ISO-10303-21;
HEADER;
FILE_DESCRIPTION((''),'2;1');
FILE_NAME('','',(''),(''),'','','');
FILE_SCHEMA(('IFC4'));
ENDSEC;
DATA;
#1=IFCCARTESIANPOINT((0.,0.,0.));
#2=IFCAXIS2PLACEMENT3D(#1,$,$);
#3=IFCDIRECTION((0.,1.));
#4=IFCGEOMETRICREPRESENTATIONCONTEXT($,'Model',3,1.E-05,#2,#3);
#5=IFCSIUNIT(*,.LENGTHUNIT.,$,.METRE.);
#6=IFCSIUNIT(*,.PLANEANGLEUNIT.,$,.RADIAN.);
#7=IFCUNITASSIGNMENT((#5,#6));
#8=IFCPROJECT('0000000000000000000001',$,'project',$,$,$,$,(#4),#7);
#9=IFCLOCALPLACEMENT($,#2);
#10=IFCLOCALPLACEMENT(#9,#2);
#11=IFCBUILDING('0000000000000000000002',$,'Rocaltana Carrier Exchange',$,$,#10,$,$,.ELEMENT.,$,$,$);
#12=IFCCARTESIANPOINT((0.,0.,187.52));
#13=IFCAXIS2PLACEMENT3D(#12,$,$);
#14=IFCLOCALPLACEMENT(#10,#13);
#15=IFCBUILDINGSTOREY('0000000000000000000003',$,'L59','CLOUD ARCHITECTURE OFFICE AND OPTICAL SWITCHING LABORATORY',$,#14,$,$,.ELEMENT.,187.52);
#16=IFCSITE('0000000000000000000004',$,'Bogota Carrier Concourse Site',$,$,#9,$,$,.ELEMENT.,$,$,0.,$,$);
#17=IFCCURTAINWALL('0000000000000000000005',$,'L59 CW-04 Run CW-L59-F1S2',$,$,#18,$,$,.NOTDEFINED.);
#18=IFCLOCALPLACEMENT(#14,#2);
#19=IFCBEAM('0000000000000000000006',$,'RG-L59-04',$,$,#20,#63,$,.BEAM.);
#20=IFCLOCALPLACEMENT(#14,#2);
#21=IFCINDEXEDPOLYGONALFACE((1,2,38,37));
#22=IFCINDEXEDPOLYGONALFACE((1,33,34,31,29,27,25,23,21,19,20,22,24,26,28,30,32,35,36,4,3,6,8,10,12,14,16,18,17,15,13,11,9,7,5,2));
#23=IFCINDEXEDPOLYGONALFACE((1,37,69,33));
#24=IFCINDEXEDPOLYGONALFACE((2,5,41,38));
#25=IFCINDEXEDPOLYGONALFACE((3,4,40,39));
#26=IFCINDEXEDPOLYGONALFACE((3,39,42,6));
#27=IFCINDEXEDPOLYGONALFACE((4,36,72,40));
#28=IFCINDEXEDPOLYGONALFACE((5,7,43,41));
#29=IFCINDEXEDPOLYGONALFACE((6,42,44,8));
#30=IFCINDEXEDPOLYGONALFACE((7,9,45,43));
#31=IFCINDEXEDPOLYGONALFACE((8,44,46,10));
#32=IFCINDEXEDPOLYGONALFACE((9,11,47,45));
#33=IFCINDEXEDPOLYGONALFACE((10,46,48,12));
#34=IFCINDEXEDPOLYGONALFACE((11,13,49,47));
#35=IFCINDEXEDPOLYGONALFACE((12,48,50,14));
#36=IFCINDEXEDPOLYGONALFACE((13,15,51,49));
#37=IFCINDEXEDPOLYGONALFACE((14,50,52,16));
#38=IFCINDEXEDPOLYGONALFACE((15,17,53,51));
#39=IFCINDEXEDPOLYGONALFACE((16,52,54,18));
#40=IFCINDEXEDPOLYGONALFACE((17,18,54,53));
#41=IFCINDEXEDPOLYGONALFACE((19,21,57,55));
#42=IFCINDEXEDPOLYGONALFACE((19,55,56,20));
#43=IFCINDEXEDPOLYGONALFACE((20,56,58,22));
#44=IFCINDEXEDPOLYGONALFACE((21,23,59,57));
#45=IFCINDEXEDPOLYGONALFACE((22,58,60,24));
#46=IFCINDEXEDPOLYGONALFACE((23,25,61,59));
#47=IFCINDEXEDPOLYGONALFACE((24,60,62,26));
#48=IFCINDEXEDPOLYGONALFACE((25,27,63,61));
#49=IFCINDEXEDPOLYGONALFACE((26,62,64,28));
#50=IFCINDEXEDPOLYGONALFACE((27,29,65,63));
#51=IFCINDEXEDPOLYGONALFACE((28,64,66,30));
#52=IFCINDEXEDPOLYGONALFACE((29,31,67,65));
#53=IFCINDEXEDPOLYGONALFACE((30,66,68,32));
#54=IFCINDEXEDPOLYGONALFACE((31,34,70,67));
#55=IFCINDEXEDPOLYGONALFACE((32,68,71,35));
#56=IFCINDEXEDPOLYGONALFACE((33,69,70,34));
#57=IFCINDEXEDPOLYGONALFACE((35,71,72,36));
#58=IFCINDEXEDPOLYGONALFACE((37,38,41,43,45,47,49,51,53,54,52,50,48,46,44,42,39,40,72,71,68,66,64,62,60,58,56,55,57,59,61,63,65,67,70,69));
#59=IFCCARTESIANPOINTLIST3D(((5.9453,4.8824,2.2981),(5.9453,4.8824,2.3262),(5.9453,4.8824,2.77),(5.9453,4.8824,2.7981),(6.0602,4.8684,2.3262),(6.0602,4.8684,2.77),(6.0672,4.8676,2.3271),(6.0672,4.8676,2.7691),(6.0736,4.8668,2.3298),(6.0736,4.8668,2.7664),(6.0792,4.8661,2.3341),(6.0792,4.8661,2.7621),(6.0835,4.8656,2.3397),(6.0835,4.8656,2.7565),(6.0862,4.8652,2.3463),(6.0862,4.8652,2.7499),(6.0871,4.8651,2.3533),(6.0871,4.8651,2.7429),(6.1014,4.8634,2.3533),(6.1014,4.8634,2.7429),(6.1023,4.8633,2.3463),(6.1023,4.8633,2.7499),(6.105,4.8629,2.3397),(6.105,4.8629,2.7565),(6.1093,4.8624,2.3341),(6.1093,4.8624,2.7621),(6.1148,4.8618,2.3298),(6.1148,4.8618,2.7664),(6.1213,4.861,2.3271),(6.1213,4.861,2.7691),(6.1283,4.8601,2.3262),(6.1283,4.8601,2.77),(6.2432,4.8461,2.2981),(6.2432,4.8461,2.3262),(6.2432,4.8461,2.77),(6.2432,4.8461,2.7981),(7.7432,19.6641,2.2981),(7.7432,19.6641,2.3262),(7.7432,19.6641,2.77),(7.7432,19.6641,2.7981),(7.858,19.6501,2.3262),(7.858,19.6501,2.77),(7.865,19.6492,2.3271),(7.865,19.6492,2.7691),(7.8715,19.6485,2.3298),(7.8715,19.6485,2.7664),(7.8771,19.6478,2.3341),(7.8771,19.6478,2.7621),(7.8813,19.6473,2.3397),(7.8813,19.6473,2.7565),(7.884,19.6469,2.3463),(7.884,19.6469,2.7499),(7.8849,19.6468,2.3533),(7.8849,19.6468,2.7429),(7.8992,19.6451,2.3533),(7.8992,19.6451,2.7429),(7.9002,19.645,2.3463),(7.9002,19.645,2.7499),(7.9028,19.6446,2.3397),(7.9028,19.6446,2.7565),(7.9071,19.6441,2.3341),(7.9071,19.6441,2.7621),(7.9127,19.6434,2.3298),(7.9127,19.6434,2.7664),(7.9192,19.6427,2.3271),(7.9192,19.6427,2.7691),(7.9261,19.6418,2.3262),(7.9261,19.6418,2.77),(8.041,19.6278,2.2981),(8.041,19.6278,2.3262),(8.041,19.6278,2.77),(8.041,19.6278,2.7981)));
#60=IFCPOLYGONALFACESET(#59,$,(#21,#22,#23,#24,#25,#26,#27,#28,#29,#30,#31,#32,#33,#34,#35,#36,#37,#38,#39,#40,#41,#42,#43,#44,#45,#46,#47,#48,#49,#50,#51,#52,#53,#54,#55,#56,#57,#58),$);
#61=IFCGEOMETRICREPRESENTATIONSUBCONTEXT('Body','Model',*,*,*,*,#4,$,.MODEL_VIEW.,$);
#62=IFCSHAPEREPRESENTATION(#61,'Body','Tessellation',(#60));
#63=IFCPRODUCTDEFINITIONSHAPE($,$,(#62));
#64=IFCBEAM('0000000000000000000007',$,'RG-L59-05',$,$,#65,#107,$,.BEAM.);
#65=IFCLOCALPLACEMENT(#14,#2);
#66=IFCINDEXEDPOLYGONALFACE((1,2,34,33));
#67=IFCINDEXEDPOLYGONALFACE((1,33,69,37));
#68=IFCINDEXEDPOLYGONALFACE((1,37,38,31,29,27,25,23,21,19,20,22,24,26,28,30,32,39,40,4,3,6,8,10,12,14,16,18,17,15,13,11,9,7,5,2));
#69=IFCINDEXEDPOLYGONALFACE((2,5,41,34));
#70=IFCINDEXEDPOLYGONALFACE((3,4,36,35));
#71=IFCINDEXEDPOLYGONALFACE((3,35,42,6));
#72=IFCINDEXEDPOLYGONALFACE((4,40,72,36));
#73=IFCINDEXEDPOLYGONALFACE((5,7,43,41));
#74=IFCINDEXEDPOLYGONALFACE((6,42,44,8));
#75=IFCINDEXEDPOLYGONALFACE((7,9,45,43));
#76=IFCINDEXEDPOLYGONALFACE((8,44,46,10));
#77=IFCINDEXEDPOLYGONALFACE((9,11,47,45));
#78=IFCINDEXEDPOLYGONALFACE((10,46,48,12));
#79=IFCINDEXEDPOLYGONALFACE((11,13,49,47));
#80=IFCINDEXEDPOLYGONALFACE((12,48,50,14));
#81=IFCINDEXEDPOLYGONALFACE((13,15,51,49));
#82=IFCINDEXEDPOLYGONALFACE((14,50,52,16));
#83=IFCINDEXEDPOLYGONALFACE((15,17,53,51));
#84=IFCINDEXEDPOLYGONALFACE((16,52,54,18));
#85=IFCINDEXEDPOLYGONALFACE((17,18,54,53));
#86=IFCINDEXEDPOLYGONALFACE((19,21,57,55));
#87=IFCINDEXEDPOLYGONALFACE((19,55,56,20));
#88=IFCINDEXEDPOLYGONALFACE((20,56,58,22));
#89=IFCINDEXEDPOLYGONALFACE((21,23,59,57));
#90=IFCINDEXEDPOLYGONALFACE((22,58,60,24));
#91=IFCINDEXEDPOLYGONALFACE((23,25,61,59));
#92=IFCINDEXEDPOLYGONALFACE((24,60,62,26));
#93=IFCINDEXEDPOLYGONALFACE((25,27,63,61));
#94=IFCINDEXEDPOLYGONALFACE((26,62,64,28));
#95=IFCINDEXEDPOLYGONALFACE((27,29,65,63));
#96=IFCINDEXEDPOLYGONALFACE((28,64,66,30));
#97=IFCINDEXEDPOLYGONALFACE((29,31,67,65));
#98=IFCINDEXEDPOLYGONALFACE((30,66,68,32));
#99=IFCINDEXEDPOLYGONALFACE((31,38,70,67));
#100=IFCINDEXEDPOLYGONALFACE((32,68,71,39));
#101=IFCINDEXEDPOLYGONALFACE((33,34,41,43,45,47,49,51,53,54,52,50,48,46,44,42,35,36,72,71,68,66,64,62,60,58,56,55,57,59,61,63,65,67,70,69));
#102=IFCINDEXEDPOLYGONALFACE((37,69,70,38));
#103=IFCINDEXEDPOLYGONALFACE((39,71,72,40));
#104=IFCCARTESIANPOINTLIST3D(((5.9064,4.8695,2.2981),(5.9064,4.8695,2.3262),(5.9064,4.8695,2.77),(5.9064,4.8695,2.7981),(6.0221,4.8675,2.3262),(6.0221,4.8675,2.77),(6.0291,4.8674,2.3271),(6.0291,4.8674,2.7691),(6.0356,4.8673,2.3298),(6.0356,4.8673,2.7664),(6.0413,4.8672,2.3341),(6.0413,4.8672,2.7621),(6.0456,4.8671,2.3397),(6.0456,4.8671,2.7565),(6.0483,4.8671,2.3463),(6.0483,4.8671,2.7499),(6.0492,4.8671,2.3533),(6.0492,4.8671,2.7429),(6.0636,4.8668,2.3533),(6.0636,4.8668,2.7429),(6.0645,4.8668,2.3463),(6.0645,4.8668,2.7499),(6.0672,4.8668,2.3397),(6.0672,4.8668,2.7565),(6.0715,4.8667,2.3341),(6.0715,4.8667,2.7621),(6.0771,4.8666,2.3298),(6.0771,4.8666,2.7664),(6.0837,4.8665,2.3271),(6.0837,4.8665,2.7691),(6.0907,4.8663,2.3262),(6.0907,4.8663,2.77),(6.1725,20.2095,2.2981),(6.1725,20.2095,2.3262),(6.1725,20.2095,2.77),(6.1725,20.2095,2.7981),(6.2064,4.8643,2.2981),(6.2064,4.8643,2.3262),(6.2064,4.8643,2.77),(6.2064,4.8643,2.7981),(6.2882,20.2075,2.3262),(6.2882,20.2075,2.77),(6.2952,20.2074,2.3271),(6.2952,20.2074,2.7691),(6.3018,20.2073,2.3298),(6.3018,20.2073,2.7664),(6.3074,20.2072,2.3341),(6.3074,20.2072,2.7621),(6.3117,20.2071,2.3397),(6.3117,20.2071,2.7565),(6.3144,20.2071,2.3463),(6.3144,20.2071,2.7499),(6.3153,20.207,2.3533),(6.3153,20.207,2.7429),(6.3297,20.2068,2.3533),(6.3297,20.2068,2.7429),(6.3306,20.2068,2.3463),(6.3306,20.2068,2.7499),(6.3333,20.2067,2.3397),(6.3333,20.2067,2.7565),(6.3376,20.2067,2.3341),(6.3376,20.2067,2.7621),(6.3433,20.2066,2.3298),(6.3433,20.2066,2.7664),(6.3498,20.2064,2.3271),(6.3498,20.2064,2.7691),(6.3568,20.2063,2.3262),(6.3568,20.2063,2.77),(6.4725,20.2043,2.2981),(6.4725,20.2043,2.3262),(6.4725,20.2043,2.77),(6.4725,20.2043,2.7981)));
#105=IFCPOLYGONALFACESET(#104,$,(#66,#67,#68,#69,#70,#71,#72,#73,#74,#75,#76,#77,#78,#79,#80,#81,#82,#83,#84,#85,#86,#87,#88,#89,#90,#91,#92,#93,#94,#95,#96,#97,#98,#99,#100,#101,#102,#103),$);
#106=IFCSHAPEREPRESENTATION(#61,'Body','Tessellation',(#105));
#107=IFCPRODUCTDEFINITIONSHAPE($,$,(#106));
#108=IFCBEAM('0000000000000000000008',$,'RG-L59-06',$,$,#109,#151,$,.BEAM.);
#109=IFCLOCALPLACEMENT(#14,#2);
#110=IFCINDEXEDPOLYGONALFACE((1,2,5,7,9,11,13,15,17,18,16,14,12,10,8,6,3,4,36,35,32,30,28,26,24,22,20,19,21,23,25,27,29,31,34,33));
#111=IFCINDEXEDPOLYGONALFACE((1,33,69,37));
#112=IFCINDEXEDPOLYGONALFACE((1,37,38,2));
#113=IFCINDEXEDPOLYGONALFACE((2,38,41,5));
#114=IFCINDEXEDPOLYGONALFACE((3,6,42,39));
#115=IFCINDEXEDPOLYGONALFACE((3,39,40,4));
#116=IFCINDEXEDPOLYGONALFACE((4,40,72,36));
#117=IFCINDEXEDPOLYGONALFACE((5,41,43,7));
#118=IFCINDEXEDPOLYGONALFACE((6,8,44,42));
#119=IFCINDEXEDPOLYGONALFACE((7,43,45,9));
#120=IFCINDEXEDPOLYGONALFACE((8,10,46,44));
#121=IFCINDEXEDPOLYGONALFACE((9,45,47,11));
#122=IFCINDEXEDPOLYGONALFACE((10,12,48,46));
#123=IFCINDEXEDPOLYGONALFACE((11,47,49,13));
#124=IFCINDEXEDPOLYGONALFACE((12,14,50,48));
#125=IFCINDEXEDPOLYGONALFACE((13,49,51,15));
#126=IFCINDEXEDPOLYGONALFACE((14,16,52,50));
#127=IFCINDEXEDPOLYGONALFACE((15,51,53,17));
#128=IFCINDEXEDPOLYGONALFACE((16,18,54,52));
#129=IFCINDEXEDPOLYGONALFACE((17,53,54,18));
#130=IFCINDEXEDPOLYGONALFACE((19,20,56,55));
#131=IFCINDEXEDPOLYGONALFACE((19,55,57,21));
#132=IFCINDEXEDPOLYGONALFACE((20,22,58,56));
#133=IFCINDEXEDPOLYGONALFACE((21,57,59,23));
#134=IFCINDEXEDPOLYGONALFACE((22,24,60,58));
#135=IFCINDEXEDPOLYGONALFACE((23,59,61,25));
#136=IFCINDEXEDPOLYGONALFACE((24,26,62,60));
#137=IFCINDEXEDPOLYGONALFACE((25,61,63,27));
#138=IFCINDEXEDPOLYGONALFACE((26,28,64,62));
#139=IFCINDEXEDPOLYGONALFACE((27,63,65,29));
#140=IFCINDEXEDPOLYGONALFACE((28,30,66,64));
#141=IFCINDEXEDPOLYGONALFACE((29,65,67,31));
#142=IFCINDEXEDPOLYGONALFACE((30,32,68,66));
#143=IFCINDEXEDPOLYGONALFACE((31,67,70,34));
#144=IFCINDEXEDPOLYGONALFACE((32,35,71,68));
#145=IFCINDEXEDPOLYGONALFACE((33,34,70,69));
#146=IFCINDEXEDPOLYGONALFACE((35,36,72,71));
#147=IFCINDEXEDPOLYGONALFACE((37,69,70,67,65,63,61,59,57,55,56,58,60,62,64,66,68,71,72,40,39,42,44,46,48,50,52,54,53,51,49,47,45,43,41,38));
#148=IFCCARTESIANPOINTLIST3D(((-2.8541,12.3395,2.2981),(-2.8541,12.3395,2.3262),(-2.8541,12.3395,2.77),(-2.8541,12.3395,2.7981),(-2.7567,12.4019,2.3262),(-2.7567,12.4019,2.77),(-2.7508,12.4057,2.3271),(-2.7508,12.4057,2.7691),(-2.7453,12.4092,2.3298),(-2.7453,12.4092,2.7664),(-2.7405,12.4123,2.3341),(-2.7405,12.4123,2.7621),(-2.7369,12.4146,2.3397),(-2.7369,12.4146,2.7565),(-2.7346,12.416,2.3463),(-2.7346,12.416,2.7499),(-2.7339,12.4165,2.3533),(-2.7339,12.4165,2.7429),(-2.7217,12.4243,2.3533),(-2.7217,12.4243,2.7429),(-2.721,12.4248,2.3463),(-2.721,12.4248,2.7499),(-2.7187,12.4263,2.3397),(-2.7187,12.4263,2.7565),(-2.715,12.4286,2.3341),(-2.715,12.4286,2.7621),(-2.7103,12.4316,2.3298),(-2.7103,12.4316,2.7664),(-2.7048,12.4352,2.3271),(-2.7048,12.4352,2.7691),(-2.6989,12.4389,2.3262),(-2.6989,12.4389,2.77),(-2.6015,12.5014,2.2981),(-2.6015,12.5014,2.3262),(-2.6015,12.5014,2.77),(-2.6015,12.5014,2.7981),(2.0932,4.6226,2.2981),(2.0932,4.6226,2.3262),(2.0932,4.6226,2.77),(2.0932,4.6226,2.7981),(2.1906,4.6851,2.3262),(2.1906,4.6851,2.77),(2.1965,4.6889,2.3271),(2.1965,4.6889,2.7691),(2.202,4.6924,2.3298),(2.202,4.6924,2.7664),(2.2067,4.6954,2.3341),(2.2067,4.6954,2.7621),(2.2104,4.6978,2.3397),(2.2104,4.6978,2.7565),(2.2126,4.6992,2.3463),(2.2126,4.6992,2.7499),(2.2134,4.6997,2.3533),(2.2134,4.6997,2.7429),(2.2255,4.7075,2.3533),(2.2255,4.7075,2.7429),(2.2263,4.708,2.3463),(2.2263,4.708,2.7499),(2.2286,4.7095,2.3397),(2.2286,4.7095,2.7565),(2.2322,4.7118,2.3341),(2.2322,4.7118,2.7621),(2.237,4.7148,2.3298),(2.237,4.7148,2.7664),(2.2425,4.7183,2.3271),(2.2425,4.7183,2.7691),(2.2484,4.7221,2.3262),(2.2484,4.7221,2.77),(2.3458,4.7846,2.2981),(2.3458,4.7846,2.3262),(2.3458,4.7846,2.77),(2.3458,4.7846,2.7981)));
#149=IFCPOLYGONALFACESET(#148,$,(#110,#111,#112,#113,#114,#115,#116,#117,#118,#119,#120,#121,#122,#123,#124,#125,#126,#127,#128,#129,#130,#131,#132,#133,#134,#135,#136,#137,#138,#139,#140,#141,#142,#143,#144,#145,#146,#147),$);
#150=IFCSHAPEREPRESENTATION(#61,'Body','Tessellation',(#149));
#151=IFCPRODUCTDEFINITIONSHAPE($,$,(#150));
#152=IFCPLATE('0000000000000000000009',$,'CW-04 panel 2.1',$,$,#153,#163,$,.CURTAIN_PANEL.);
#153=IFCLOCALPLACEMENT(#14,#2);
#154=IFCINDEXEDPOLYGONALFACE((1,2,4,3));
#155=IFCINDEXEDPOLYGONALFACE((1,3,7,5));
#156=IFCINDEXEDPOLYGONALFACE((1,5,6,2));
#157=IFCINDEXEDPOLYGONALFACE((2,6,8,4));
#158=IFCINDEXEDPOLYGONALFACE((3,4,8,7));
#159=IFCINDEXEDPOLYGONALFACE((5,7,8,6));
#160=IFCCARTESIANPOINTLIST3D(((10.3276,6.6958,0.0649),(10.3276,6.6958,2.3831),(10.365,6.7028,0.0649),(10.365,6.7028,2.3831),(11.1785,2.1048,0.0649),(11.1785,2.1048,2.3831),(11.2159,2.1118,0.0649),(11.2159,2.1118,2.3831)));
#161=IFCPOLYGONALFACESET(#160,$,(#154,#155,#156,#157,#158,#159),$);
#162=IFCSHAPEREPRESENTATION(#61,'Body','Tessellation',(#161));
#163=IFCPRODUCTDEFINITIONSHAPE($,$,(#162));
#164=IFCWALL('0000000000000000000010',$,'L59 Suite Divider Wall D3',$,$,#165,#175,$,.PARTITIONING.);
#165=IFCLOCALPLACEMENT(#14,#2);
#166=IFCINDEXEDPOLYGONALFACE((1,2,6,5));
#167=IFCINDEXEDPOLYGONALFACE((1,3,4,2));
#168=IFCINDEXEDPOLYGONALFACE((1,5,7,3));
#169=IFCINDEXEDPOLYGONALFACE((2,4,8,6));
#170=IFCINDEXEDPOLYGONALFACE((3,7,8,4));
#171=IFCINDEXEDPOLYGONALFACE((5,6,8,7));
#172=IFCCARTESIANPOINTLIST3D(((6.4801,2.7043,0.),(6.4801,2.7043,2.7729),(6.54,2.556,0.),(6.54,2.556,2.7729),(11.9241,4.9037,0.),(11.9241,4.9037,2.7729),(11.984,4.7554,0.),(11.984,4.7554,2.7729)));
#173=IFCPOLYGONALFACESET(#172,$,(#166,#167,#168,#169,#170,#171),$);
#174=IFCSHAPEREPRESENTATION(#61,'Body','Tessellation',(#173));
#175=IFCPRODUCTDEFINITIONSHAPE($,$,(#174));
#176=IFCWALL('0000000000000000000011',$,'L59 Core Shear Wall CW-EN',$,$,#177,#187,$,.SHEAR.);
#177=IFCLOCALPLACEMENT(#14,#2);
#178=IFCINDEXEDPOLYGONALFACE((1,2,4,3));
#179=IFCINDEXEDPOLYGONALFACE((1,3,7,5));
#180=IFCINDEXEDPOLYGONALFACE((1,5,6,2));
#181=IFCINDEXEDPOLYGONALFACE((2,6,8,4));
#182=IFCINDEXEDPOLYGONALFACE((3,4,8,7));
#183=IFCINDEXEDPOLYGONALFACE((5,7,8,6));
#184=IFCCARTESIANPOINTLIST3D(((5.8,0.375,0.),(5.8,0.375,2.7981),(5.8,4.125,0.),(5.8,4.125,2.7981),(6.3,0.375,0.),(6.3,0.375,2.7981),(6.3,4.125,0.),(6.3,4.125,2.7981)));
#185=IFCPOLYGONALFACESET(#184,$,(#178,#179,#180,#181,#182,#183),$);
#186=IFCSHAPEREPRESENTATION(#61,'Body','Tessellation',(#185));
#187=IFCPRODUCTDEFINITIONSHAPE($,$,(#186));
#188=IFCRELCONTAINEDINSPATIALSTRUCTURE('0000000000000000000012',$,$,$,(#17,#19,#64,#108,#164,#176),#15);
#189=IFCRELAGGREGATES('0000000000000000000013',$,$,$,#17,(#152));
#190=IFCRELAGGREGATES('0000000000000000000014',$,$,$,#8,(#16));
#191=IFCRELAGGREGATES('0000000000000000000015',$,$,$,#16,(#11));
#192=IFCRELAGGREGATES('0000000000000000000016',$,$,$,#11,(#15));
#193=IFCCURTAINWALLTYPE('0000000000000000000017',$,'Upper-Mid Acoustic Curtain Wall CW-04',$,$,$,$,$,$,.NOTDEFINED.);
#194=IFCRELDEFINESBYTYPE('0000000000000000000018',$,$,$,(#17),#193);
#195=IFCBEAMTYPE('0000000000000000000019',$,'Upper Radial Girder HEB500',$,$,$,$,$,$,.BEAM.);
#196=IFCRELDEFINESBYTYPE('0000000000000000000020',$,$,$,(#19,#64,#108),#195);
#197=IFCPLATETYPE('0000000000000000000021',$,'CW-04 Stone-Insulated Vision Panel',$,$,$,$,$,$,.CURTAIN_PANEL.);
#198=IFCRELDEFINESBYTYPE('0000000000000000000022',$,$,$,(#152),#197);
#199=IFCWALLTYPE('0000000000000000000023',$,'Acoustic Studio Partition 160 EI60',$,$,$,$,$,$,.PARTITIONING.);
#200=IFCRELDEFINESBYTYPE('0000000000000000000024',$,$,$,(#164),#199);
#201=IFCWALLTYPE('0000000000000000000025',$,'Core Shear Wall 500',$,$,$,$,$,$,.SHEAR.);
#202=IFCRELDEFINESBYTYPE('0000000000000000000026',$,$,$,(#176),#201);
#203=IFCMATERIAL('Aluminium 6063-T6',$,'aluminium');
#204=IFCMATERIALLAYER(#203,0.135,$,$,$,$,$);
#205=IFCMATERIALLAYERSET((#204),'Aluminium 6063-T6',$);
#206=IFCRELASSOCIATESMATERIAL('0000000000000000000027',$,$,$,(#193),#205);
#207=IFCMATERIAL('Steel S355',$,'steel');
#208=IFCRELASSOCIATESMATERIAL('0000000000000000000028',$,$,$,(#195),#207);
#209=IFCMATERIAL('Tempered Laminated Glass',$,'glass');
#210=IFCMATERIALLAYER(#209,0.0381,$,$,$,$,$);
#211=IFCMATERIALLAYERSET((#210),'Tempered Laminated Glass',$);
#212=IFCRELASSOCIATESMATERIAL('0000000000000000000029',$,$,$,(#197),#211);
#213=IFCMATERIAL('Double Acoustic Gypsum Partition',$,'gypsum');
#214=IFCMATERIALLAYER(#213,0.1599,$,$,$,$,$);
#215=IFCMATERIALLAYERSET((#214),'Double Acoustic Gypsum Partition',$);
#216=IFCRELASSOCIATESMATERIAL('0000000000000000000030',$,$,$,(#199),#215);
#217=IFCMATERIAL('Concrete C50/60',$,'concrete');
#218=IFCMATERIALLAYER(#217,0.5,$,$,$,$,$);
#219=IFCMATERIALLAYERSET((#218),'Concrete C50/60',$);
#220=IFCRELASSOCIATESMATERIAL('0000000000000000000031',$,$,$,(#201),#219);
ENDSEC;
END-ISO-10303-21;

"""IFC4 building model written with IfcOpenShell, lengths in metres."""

from ifc_helpers import new_model, si_unit, direction, frame, frame_2d, origin, origin_2d, place, context, subcontext, project, spatial, rectangle, i_section, extrude, material, layer, layer_set, material_profile, profile_set, type_object, element, aggregate, save


model = new_model("IFC4")

# Units and contexts
model_context = context("Model", 3, precision=1e-05, world=origin(), true_north=direction((0.0, 1.0)))
body_context = subcontext(model_context, "Body", "Model", "MODEL_VIEW")
ifc_project = project(units=[si_unit("LENGTHUNIT", "METRE"), si_unit("PLANEANGLEUNIT", "RADIAN")], contexts=[model_context])

# Site, building, storey
site_placement = place(None, origin())
site = spatial("IfcSite", under=ifc_project, at=site_placement, Name="Bogota Carrier Concourse Site", CompositionType="ELEMENT", RefElevation=0.0)
building_placement = place(site_placement, origin())
building = spatial("IfcBuilding", under=site, at=building_placement, Name="Rocaltana Carrier Exchange", CompositionType="ELEMENT")
storey_placement = place(building_placement, frame((0.0, 0.0, 187.52)))
storey = spatial("IfcBuildingStorey", under=building, at=storey_placement, Name="L59", Description="CLOUD ARCHITECTURE OFFICE AND OPTICAL SWITCHING LABORATORY", CompositionType="ELEMENT", Elevation=187.52)

# Curtain wall
ifc_material_1 = material(Name="Aluminium 6063-T6", Category="aluminium")
ifc_layer_1 = layer(ifc_material_1, 0.135)
ifc_layer_set_1 = layer_set([ifc_layer_1], Name="Aluminium 6063-T6")
curtain_wall_type = type_object("IfcCurtainWallType", Name="Upper-Mid Acoustic Curtain Wall CW-04", PredefinedType="NOTDEFINED", material=ifc_layer_set_1)
curtain_wall_placement = place(storey_placement, origin())
curtain_wall = element("IfcCurtainWall", 1, at=curtain_wall_placement, inside=storey, type_object=curtain_wall_type, Name="L59 CW-04 Run CW-L59-F1S2", PredefinedType="NOTDEFINED")

# Beams
ifc_material_2 = material(Name="Steel S355", Category="steel")
ifc_material_profile_1 = material_profile(ifc_material_2, i_section(OverallWidth=0.3, OverallDepth=0.5, WebThickness=0.0144, FlangeThickness=0.0281, FilletRadius=0.0271, at=origin_2d()), Name="HEB500")
ifc_profile_set_1 = profile_set([ifc_material_profile_1], Name="Steel S355")
beam_type_1 = type_object("IfcBeamType", Name="Upper Radial Girder HEB500", PredefinedType="BEAM", material=ifc_profile_set_1)
beam_1_placement = place(storey_placement, frame((6.0942, 4.8643, 2.5481), z_axis=(0.120737, 0.992685, 0.0), x_axis=(-0.992685, 0.120737, 0.0)))
element("IfcBeam", 2, at=beam_1_placement, inside=storey, type_object=beam_type_1, Name="RG-L59-04", PredefinedType="BEAM", context=body_context, shape_type="SweptSolid", body=[
    extrude(i_section(OverallWidth=0.3, OverallDepth=0.5, WebThickness=0.0144, FlangeThickness=0.0281, FilletRadius=0.0271, at=origin_2d()), origin(), (0.0, 0.0, 1.0), 14.8906),
])
beam_2_placement = place(storey_placement, frame((6.0564, 4.8669, 2.5481), z_axis=(0.017345, 0.99985, 0.0), x_axis=(-0.99985, 0.017345, 0.0)))
element("IfcBeam", 3, at=beam_2_placement, inside=storey, type_object=beam_type_1, Name="RG-L59-05", PredefinedType="BEAM", context=body_context, shape_type="SweptSolid", body=[
    extrude(i_section(OverallWidth=0.3, OverallDepth=0.5, WebThickness=0.0144, FlangeThickness=0.0281, FilletRadius=0.0271, at=origin_2d()), origin(), (0.0, 0.0, 1.0), 15.3423),
])
beam_3_placement = place(storey_placement, frame((2.2195, 4.7036, 2.5481), z_axis=(-0.539713, 0.841849, 0.0), x_axis=(-0.841849, -0.539713, 0.0)))
element("IfcBeam", 4, at=beam_3_placement, inside=storey, type_object=beam_type_1, Name="RG-L59-06", PredefinedType="BEAM", context=body_context, shape_type="SweptSolid", body=[
    extrude(i_section(OverallWidth=0.3, OverallDepth=0.5, WebThickness=0.0144, FlangeThickness=0.0281, FilletRadius=0.0271, at=origin_2d()), origin(), (0.0, 0.0, 1.0), 9.1665),
])

# Plate
ifc_material_3 = material(Name="Tempered Laminated Glass", Category="glass")
ifc_layer_2 = layer(ifc_material_3, 0.0381)
ifc_layer_set_2 = layer_set([ifc_layer_2], Name="Tempered Laminated Glass")
plate_type = type_object("IfcPlateType", Name="CW-04 Stone-Insulated Vision Panel", PredefinedType="CURTAIN_PANEL", material=ifc_layer_set_2)
plate_placement = place(storey_placement, frame((10.7717, 4.4038, 0.0649), z_axis=(0.0, 0.0, 1.0), x_axis=(-0.182236, 0.983255, 0.0)))
plate = element("IfcPlate", 5, at=plate_placement, type_object=plate_type, Name="CW-04 panel 2.1", PredefinedType="CURTAIN_PANEL", context=body_context, shape_type="SweptSolid", body=[
    extrude(rectangle(XDim=4.6692, YDim=0.0381, at=origin_2d()), origin(), (0.0, 0.0, 1.0), 2.3181),
])
aggregate(curtain_wall, [plate])

# Walls
ifc_material_4 = material(Name="Double Acoustic Gypsum Partition", Category="gypsum")
ifc_layer_3 = layer(ifc_material_4, 0.1599)
ifc_layer_set_3 = layer_set([ifc_layer_3], Name="Double Acoustic Gypsum Partition")
wall_type_1 = type_object("IfcWallType", Name="Acoustic Studio Partition 160 EI60", PredefinedType="PARTITIONING", material=ifc_layer_set_3)
wall_1_placement = place(storey_placement, frame((6.51, 2.6301, 0.0), z_axis=(0.0, 0.0, 1.0), x_axis=(0.927189, 0.374593, 0.0)))
element("IfcWall", 6, at=wall_1_placement, inside=storey, type_object=wall_type_1, Name="L59 Suite Divider Wall D3", PredefinedType="PARTITIONING", context=body_context, shape_type="SweptSolid", body=[
    extrude(rectangle(XDim=5.8716, YDim=0.1599, at=frame_2d((2.9358, 0.0))), origin(), (0.0, 0.0, 1.0), 2.7729),
])
ifc_material_5 = material(Name="Concrete C50/60", Category="concrete")
ifc_layer_4 = layer(ifc_material_5, 0.5)
ifc_layer_set_4 = layer_set([ifc_layer_4], Name="Concrete C50/60")
wall_type_2 = type_object("IfcWallType", Name="Core Shear Wall 500", PredefinedType="SHEAR", material=ifc_layer_set_4)
wall_2_placement = place(storey_placement, frame((6.05, 0.375, 0.0), z_axis=(0.0, 0.0, 1.0), x_axis=(0.0, 1.0, 0.0)))
element("IfcWall", 7, at=wall_2_placement, inside=storey, type_object=wall_type_2, Name="L59 Core Shear Wall CW-EN", PredefinedType="SHEAR", context=body_context, shape_type="SweptSolid", body=[
    extrude(rectangle(XDim=3.75, YDim=0.5, at=frame_2d((1.875, 0.0))), origin(), (0.0, 0.0, 1.0), 2.7981),
])

save(model, "model.ifc")
